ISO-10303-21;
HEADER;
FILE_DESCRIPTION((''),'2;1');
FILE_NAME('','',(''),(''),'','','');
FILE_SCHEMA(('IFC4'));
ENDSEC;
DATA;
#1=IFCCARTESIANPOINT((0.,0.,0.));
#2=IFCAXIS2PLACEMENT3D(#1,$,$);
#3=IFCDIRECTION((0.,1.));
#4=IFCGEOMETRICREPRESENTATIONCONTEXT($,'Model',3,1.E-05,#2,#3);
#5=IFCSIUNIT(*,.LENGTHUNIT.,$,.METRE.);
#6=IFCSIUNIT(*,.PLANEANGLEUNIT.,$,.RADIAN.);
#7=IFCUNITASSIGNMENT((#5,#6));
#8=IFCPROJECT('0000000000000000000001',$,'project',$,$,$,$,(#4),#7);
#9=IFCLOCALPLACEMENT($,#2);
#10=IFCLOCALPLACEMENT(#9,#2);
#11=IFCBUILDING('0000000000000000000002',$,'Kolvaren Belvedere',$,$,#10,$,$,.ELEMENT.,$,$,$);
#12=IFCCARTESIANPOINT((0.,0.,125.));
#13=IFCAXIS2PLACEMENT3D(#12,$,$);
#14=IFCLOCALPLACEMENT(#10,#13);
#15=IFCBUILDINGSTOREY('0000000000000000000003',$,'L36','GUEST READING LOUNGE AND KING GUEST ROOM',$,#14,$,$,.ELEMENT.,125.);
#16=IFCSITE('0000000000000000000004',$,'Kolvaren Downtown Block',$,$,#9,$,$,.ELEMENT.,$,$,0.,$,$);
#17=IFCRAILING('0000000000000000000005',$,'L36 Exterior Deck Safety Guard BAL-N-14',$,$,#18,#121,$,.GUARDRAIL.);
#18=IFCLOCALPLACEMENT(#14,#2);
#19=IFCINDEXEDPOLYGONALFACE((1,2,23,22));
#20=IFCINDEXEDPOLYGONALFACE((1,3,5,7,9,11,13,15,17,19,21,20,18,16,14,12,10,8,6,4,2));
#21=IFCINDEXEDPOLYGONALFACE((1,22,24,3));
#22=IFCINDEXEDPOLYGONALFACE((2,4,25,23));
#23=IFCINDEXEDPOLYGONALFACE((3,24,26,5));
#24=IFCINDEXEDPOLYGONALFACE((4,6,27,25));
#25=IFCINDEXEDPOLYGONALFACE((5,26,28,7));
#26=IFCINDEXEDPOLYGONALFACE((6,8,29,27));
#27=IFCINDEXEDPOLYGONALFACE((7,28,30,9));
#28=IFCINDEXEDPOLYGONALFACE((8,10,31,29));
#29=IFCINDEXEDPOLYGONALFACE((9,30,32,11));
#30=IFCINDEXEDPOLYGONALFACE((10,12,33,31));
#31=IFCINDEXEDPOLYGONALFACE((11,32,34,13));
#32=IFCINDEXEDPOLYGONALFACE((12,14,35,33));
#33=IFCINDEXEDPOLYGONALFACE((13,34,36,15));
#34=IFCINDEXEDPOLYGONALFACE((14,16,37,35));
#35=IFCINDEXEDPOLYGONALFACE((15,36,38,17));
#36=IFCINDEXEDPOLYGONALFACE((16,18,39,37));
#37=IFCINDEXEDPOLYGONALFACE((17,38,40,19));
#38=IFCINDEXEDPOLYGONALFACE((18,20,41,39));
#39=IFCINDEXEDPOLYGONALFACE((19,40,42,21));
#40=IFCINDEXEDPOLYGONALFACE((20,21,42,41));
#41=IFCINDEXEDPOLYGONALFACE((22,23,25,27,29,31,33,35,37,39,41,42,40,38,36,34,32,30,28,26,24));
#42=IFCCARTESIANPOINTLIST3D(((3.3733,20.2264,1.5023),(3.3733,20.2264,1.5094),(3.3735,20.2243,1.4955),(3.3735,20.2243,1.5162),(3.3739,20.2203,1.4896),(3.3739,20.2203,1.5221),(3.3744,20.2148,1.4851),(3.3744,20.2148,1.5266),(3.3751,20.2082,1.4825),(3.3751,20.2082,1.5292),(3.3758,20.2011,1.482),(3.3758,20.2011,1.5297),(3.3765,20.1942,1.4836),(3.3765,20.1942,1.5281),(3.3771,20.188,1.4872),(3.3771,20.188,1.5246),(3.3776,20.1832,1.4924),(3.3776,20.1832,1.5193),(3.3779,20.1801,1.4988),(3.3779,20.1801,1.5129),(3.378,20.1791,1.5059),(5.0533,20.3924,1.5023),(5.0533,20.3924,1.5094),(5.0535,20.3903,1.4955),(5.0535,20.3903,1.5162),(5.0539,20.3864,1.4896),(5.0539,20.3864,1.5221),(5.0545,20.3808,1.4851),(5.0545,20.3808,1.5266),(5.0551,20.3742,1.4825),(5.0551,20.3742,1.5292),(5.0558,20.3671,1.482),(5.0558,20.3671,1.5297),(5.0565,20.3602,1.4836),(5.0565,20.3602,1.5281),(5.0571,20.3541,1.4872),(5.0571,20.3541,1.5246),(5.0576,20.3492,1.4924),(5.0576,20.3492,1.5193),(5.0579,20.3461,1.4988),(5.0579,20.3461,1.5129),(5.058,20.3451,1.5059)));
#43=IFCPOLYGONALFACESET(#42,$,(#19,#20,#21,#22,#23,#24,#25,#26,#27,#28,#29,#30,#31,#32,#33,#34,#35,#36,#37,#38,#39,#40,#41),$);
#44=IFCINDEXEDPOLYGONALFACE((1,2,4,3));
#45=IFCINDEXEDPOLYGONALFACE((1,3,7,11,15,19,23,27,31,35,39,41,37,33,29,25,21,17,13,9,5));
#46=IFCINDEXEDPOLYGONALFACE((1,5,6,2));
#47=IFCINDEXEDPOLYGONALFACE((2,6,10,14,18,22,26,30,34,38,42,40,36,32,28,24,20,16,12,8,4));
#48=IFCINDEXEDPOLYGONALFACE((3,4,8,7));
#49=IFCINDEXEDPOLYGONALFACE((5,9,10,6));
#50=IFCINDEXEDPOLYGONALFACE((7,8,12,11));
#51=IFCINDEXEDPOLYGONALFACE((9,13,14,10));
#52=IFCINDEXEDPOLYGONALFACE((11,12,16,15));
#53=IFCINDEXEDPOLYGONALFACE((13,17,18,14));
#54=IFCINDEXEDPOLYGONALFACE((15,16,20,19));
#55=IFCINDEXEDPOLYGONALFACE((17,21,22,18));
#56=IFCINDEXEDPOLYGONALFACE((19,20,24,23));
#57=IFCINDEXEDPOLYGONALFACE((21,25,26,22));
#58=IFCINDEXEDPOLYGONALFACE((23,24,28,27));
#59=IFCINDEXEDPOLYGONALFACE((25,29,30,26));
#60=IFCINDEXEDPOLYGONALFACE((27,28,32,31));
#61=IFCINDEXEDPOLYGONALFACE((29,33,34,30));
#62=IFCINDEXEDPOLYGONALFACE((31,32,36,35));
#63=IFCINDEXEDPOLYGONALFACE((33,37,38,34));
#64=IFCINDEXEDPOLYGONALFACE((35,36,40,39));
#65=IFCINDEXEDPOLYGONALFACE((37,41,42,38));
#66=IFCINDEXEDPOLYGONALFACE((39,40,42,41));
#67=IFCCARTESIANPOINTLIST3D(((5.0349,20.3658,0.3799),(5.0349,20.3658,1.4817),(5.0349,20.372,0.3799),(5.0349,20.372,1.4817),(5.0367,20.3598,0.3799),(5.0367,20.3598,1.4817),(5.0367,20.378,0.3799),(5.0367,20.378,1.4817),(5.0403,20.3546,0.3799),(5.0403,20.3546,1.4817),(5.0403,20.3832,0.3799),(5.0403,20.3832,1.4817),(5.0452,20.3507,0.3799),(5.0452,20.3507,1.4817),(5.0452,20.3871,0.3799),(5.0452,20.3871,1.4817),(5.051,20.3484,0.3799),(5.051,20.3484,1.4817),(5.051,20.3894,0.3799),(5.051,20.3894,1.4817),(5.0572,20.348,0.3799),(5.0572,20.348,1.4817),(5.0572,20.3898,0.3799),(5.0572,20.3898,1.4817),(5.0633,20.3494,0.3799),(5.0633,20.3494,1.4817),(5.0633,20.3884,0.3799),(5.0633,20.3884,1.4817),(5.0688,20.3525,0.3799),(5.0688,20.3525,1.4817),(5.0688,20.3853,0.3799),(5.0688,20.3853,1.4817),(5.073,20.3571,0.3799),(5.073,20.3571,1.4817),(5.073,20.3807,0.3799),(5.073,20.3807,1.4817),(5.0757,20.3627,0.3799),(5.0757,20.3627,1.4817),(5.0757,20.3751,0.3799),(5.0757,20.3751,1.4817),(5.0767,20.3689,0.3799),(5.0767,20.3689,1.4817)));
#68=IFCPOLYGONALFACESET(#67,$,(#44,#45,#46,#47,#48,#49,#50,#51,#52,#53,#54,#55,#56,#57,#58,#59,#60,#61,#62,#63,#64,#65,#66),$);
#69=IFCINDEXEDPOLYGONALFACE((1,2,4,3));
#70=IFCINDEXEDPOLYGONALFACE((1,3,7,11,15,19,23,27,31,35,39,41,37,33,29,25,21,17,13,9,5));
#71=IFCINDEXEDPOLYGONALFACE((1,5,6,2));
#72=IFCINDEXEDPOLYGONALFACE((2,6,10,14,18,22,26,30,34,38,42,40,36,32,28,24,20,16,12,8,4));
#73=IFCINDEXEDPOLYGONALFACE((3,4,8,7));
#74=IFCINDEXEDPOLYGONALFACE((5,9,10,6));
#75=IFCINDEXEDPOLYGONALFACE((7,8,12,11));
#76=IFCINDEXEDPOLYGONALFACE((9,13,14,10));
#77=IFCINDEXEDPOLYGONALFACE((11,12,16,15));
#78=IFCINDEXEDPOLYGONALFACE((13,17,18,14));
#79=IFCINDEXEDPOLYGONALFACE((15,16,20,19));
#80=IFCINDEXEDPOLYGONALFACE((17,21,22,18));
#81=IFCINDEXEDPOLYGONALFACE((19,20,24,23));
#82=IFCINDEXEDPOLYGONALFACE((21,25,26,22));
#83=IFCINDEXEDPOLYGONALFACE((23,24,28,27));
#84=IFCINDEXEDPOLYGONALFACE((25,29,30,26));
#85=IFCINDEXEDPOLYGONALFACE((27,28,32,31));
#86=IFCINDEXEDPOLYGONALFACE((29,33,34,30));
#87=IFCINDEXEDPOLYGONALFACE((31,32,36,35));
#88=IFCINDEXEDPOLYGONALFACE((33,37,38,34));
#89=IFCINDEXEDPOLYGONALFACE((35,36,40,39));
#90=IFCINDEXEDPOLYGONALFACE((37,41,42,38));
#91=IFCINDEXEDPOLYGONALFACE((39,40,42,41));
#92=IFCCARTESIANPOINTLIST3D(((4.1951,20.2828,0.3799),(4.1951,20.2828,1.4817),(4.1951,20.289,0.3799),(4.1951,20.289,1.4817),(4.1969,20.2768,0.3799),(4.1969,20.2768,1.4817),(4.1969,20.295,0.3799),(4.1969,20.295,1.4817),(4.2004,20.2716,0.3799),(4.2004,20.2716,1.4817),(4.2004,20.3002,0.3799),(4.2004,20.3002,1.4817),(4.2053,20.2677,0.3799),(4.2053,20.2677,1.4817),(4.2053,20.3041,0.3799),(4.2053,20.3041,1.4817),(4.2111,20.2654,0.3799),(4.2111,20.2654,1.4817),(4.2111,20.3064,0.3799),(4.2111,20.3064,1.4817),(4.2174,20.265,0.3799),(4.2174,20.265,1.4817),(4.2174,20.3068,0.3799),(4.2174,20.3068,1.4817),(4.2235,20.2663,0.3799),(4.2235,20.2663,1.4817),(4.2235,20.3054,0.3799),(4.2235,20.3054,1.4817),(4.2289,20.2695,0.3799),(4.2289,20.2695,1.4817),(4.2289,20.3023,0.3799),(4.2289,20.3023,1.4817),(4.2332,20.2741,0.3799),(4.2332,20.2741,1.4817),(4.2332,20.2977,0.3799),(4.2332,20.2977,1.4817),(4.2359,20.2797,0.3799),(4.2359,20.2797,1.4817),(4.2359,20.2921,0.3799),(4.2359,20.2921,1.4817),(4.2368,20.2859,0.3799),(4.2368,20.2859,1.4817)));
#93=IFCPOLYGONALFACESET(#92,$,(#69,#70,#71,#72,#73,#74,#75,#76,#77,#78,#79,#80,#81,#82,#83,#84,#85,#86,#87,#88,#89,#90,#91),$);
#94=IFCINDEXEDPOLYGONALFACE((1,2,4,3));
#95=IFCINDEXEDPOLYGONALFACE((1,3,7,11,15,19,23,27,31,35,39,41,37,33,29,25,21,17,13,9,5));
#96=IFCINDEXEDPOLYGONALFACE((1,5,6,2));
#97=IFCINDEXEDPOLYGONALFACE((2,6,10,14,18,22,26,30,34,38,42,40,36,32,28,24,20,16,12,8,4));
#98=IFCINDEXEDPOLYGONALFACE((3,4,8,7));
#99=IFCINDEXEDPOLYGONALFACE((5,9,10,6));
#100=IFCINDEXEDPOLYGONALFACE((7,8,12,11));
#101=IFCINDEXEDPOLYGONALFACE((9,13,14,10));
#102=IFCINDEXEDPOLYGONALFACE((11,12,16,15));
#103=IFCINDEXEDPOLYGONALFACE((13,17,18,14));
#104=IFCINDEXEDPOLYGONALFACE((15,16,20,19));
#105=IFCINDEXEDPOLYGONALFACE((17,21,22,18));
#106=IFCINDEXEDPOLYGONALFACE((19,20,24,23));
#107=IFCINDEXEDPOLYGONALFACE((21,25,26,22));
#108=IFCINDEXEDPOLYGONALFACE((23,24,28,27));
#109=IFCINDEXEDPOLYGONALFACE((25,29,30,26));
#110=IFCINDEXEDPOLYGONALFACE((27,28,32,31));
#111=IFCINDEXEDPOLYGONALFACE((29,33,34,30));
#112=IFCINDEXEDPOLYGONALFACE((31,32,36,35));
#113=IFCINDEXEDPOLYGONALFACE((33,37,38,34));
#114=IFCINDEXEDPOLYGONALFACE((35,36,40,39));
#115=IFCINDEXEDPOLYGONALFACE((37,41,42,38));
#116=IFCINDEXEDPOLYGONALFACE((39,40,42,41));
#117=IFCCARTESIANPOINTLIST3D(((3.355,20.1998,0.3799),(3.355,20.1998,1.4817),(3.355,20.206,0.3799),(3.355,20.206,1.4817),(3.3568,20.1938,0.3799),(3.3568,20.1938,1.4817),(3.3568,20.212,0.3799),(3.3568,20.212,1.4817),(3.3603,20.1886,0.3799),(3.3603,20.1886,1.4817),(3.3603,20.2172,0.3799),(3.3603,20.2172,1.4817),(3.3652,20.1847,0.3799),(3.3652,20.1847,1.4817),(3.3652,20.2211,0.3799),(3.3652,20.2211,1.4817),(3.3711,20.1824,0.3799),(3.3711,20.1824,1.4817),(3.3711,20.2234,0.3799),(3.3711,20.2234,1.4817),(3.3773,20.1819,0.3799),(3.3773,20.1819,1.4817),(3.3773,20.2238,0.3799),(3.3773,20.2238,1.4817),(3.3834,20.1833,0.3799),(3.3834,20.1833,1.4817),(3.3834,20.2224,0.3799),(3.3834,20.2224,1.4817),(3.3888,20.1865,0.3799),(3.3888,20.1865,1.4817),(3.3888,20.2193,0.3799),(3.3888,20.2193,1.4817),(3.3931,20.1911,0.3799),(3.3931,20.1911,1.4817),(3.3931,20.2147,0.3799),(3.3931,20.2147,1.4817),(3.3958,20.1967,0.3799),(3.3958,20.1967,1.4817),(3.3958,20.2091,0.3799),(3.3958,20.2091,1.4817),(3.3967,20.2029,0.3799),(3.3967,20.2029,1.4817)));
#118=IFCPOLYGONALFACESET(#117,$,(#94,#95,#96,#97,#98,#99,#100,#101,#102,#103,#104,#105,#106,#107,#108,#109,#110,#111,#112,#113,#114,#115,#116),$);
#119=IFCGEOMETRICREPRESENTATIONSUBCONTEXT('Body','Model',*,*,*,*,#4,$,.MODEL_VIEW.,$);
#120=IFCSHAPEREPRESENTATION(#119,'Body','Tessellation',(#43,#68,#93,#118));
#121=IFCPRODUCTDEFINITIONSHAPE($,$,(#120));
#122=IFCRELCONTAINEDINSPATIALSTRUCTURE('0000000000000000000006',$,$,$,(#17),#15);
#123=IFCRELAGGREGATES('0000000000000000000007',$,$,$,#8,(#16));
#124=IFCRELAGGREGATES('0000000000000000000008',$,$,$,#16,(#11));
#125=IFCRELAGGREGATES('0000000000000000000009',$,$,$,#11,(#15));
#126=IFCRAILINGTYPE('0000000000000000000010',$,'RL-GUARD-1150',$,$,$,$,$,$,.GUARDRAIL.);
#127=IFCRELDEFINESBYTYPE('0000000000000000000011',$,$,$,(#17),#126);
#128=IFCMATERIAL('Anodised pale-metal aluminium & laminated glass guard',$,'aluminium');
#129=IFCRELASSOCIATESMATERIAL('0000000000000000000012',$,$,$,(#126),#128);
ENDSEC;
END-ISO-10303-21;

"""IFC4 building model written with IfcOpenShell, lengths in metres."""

from ifc_helpers import new_model, si_unit, direction, frame, origin, origin_2d, place, context, subcontext, project, spatial, circle, extrude, material, type_object, element, save


model = new_model("IFC4")

# Units and contexts
model_context = context("Model", 3, precision=1e-05, world=origin(), true_north=direction((0.0, 1.0)))
body_context = subcontext(model_context, "Body", "Model", "MODEL_VIEW")
ifc_project = project(units=[si_unit("LENGTHUNIT", "METRE"), si_unit("PLANEANGLEUNIT", "RADIAN")], contexts=[model_context])

# Site, building, storey
site_placement = place(None, origin())
site = spatial("IfcSite", under=ifc_project, at=site_placement, Name="Kolvaren Downtown Block", CompositionType="ELEMENT", RefElevation=0.0)
building_placement = place(site_placement, origin())
building = spatial("IfcBuilding", under=site, at=building_placement, Name="Kolvaren Belvedere", CompositionType="ELEMENT")
storey_placement = place(building_placement, frame((0.0, 0.0, 125.0)))
storey = spatial("IfcBuildingStorey", under=building, at=storey_placement, Name="L36", Description="GUEST READING LOUNGE AND KING GUEST ROOM", CompositionType="ELEMENT", Elevation=125.0)

# Railing
ifc_material_1 = material(Name="Anodised pale-metal aluminium & laminated glass guard", Category="aluminium")
railing_type = type_object("IfcRailingType", Name="RL-GUARD-1150", PredefinedType="GUARDRAIL", material=ifc_material_1)
railing_1_placement = place(storey_placement, frame((5.0557, 20.3689, 0.3799)))
element("IfcRailing", 1, at=railing_1_placement, inside=storey, type_object=railing_type, Name="L36 Exterior Deck Safety Guard BAL-N-14", PredefinedType="GUARDRAIL", context=body_context, shape_type="SweptSolid", body=[
    extrude(circle(Radius=0.0239, at=origin_2d()), frame((0.0, 0.0, 1.126), z_axis=(-0.995152, -0.098344, 0.0), x_axis=(0.098344, -0.995152, 0.0)), (0.0, 0.0, 1.0), 1.6882),
    extrude(circle(Radius=0.021, at=origin_2d()), origin(), (0.0, 0.0, 1.0), 1.1018),
    extrude(circle(Radius=0.021, at=origin_2d()), frame((-0.8398, -0.083, 0.0)), (0.0, 0.0, 1.0), 1.1018),
    extrude(circle(Radius=0.021, at=origin_2d()), frame((-1.6799, -0.166, 0.0)), (0.0, 0.0, 1.0), 1.1018),
])

save(model, "model.ifc")
